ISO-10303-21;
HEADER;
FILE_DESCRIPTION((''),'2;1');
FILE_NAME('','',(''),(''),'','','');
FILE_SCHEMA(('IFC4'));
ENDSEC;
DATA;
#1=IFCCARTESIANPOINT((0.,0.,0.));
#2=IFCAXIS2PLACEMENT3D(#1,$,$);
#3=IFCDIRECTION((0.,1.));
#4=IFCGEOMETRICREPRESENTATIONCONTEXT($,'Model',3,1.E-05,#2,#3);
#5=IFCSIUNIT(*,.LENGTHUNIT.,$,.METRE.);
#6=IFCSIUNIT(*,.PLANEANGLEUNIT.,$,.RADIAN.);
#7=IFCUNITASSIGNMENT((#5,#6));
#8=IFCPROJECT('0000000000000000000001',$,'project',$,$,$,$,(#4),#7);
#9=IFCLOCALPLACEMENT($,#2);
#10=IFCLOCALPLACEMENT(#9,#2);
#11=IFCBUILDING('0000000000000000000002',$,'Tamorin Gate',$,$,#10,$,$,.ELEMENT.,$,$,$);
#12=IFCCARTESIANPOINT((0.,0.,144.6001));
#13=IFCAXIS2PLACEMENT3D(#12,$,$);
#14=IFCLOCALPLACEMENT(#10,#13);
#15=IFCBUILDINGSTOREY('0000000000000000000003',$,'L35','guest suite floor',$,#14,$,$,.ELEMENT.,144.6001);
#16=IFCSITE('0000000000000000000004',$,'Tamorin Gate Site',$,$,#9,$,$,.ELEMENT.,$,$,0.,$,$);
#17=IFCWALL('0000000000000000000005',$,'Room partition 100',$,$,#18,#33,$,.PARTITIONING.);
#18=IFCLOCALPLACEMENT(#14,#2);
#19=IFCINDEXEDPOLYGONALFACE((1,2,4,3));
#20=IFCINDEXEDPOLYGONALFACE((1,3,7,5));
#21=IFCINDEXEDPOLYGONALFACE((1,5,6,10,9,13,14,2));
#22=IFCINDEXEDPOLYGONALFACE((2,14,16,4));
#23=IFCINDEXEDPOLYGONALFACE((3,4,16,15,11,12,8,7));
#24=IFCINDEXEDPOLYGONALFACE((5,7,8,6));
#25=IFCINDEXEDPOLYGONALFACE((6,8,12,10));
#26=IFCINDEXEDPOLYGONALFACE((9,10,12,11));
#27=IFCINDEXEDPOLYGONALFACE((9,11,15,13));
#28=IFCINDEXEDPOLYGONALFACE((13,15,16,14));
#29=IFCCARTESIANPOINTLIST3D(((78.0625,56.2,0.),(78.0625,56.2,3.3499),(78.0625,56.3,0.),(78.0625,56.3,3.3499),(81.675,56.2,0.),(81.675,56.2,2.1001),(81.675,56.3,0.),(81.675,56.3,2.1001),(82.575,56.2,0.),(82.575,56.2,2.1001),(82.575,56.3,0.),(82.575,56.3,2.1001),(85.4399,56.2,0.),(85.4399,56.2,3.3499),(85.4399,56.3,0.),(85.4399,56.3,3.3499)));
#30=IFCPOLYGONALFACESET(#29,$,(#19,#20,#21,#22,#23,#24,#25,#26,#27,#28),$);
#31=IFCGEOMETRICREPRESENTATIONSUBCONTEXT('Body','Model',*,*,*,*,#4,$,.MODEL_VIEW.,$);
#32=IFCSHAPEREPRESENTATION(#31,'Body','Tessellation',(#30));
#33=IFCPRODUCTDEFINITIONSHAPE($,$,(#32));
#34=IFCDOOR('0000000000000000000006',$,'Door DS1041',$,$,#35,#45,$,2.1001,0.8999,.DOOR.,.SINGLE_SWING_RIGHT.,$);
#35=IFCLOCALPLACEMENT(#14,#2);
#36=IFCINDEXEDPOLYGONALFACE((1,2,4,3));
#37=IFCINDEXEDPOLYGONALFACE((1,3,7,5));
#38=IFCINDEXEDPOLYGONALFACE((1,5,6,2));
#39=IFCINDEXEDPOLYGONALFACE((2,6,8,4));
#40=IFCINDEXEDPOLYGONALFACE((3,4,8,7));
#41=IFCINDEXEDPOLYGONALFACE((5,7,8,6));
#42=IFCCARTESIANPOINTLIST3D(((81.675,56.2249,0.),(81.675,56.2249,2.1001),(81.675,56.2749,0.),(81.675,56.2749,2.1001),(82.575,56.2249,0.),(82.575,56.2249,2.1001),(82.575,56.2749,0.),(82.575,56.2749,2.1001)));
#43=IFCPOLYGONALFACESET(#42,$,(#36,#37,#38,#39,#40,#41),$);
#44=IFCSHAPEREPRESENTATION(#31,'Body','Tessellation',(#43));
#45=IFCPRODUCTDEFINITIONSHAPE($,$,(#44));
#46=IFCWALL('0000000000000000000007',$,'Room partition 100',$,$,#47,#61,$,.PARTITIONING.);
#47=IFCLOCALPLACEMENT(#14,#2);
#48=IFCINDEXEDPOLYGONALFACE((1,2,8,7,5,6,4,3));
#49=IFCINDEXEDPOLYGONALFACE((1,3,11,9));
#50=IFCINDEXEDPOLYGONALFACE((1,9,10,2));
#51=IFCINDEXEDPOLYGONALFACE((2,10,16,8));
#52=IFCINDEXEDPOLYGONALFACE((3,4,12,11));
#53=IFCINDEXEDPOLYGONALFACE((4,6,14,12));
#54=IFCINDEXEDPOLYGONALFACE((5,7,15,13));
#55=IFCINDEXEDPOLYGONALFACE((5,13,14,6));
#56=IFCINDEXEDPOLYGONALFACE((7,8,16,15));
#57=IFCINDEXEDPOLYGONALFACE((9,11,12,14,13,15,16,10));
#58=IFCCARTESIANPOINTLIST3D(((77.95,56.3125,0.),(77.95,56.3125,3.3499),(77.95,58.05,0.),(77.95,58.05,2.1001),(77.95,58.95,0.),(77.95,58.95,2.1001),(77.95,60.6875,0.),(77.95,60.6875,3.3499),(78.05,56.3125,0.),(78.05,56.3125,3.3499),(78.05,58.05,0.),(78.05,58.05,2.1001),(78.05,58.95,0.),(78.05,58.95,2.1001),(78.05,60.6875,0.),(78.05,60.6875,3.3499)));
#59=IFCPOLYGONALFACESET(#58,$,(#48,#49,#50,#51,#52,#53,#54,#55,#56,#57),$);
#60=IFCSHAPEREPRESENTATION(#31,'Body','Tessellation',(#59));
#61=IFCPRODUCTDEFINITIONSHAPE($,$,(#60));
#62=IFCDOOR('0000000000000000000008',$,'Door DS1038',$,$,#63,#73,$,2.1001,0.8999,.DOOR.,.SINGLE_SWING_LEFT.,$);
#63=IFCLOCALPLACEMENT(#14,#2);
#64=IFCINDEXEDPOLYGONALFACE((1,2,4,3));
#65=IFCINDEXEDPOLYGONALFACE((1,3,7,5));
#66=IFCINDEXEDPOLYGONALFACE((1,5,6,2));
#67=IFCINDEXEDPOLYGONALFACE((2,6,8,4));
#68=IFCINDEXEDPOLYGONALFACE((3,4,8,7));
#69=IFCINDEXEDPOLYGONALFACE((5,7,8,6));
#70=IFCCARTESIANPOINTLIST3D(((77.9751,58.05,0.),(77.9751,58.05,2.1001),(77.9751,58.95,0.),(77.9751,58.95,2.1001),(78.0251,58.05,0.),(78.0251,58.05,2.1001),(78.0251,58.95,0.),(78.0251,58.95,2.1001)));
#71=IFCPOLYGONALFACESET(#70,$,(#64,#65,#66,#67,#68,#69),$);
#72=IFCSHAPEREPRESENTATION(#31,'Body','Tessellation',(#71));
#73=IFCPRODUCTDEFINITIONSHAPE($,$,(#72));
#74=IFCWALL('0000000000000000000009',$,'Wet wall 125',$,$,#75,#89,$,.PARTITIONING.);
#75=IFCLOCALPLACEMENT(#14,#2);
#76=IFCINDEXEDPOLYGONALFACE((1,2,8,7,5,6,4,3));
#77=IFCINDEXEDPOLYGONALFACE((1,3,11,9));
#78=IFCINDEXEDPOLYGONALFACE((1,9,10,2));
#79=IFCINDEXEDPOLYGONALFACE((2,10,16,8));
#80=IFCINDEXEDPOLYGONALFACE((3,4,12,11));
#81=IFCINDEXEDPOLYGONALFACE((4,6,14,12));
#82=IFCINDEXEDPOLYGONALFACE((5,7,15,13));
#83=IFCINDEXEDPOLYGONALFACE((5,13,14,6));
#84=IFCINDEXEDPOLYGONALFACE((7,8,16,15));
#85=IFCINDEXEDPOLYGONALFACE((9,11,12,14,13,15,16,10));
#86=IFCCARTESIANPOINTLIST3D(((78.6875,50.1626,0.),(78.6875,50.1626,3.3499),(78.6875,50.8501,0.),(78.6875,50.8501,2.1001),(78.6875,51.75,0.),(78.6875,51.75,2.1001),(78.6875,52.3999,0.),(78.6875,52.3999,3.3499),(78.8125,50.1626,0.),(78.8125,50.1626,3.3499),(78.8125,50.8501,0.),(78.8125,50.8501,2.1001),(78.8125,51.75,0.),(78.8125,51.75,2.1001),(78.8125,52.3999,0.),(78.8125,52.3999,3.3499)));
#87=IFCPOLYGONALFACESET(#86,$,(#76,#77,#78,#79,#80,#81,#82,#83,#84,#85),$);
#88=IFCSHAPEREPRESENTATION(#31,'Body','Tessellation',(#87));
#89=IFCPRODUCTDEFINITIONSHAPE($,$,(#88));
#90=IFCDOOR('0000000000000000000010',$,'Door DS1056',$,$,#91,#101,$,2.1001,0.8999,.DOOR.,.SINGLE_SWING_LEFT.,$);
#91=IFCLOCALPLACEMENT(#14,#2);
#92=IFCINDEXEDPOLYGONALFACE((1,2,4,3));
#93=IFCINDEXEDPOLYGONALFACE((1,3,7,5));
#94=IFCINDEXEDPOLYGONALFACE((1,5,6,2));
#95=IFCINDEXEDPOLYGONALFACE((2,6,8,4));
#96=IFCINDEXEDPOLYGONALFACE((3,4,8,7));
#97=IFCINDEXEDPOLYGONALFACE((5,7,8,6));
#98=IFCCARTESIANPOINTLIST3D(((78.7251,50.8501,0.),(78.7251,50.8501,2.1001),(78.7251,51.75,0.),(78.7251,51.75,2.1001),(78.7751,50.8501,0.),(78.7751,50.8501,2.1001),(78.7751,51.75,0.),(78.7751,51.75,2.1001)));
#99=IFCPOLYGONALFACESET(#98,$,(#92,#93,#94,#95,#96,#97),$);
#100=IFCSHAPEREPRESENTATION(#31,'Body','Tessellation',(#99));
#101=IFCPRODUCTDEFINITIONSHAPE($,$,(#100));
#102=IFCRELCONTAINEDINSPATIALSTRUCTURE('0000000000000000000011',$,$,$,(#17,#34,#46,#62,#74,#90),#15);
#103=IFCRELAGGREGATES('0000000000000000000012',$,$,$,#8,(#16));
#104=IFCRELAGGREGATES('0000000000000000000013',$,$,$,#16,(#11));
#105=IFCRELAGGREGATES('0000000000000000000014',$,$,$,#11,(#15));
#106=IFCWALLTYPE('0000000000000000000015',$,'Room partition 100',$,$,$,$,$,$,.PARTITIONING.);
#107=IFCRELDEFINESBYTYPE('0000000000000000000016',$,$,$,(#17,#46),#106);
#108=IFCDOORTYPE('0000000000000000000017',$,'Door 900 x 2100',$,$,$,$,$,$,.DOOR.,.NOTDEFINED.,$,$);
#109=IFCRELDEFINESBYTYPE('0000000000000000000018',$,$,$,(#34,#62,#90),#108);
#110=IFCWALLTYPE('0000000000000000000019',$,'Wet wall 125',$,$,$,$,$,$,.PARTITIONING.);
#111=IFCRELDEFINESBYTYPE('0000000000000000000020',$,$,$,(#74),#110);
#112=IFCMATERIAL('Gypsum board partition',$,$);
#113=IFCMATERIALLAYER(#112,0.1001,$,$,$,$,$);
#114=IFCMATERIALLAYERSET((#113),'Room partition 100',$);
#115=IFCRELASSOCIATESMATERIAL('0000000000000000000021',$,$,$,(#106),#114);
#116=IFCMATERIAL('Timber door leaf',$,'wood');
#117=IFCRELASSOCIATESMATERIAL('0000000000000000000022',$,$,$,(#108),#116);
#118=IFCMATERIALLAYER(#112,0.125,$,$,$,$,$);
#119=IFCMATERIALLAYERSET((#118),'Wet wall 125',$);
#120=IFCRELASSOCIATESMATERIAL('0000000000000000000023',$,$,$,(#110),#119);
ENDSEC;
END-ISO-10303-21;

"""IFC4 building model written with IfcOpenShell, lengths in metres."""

from ifc_helpers import new_model, si_unit, direction, frame, frame_2d, origin, place, context, subcontext, project, spatial, rectangle, extrude, material, layer, layer_set, type_object, element, fill, save


model = new_model("IFC4")

# Units and contexts
model_context = context("Model", 3, precision=1e-05, world=origin(), true_north=direction((0.0, 1.0)))
body_context = subcontext(model_context, "Body", "Model", "MODEL_VIEW")
ifc_project = project(units=[si_unit("LENGTHUNIT", "METRE"), si_unit("PLANEANGLEUNIT", "RADIAN")], contexts=[model_context])

# Site, building, storey
site_placement = place(None, origin())
site = spatial("IfcSite", under=ifc_project, at=site_placement, Name="Tamorin Gate Site", CompositionType="ELEMENT", RefElevation=0.0)
building_placement = place(site_placement, origin())
building = spatial("IfcBuilding", under=site, at=building_placement, Name="Tamorin Gate", CompositionType="ELEMENT")
storey_placement = place(building_placement, frame((0.0, 0.0, 144.6001)))
storey = spatial("IfcBuildingStorey", under=building, at=storey_placement, Name="L35", Description="guest suite floor", CompositionType="ELEMENT", Elevation=144.6001)

# Walls, openings, doors
ifc_material_1 = material(Name="Gypsum board partition")
ifc_layer_1 = layer(ifc_material_1, 0.1001)
ifc_layer_set_1 = layer_set([ifc_layer_1], Name="Room partition 100")
wall_type_1 = type_object("IfcWallType", Name="Room partition 100", PredefinedType="PARTITIONING", material=ifc_layer_set_1)
wall_1_placement = place(storey_placement, frame((78.0625, 56.25, 0.0), z_axis=(0.0, 0.0, 1.0), x_axis=(1.0, 0.0, 0.0)))
wall_1 = element("IfcWall", 1, at=wall_1_placement, inside=storey, type_object=wall_type_1, Name="Room partition 100", PredefinedType="PARTITIONING", context=body_context, shape_type="SweptSolid", body=[
    extrude(rectangle(XDim=7.3774, YDim=0.1001, at=frame_2d((3.6887, 0.0))), origin(), (0.0, 0.0, 1.0), 3.3499),
])
opening_1_placement = place(wall_1_placement, frame((3.6125, 0.0, 0.0)))
opening_1 = element("IfcOpeningElement", 2, at=opening_1_placement, cuts=wall_1, PredefinedType="OPENING", context=body_context, shape_type="SweptSolid", body=[
    extrude(rectangle(XDim=0.8999, YDim=2.1001, at=frame_2d((0.45, 1.05))), frame((0.0, 0.0601, 0.0), z_axis=(0.0, -1.0, 0.0), x_axis=(1.0, 0.0, 0.0)), (0.0, 0.0, 1.0), 0.1201),
])
ifc_material_2 = material(Name="Timber door leaf", Category="wood")
door_type = type_object("IfcDoorType", Name="Door 900 x 2100", OperationType="NOTDEFINED", PredefinedType="DOOR", material=ifc_material_2)
door_1_placement = place(opening_1_placement, origin())
door_1 = element("IfcDoor", 3, at=door_1_placement, inside=storey, type_object=door_type, Name="Door DS1041", OperationType="SINGLE_SWING_RIGHT", OverallHeight=2.1001, OverallWidth=0.8999, PredefinedType="DOOR", context=body_context, shape_type="SweptSolid", body=[
    extrude(rectangle(XDim=0.8999, YDim=2.1001, at=frame_2d((0.45, 1.05))), frame((0.0, 0.0249, 0.0), z_axis=(0.0, -1.0, 0.0), x_axis=(1.0, 0.0, 0.0)), (0.0, 0.0, 1.0), 0.05),
])
fill(opening_1, door_1)
wall_2_placement = place(storey_placement, frame((78.0, 56.3125, 0.0), z_axis=(0.0, 0.0, 1.0), x_axis=(0.0, 1.0, 0.0)))
wall_2 = element("IfcWall", 4, at=wall_2_placement, inside=storey, type_object=wall_type_1, Name="Room partition 100", PredefinedType="PARTITIONING", context=body_context, shape_type="SweptSolid", body=[
    extrude(rectangle(XDim=4.375, YDim=0.1001, at=frame_2d((2.1875, 0.0))), origin(), (0.0, 0.0, 1.0), 3.3499),
])
opening_2_placement = place(wall_2_placement, frame((1.7375, 0.0, 0.0)))
opening_2 = element("IfcOpeningElement", 5, at=opening_2_placement, cuts=wall_2, PredefinedType="OPENING", context=body_context, shape_type="SweptSolid", body=[
    extrude(rectangle(XDim=0.8999, YDim=2.1001, at=frame_2d((0.45, 1.05))), frame((0.0, 0.0601, 0.0), z_axis=(0.0, -1.0, 0.0), x_axis=(1.0, 0.0, 0.0)), (0.0, 0.0, 1.0), 0.1201),
])
door_2_placement = place(opening_2_placement, origin())
door_2 = element("IfcDoor", 6, at=door_2_placement, inside=storey, type_object=door_type, Name="Door DS1038", OperationType="SINGLE_SWING_LEFT", OverallHeight=2.1001, OverallWidth=0.8999, PredefinedType="DOOR", context=body_context, shape_type="SweptSolid", body=[
    extrude(rectangle(XDim=0.8999, YDim=2.1001, at=frame_2d((0.45, 1.05))), frame((0.0, 0.0249, 0.0), z_axis=(0.0, -1.0, 0.0), x_axis=(1.0, 0.0, 0.0)), (0.0, 0.0, 1.0), 0.05),
])
fill(opening_2, door_2)
ifc_layer_2 = layer(ifc_material_1, 0.125)
ifc_layer_set_2 = layer_set([ifc_layer_2], Name="Wet wall 125")
wall_type_2 = type_object("IfcWallType", Name="Wet wall 125", PredefinedType="PARTITIONING", material=ifc_layer_set_2)
wall_3_placement = place(storey_placement, frame((78.75, 50.1626, 0.0), z_axis=(0.0, 0.0, 1.0), x_axis=(0.0, 1.0, 0.0)))
wall_3 = element("IfcWall", 7, at=wall_3_placement, inside=storey, type_object=wall_type_2, Name="Wet wall 125", PredefinedType="PARTITIONING", context=body_context, shape_type="SweptSolid", body=[
    extrude(rectangle(XDim=2.2373, YDim=0.125, at=frame_2d((1.1187, 0.0))), origin(), (0.0, 0.0, 1.0), 3.3499),
])
opening_3_placement = place(wall_3_placement, frame((0.6875, 0.0, 0.0)))
opening_3 = element("IfcOpeningElement", 8, at=opening_3_placement, cuts=wall_3, PredefinedType="OPENING", context=body_context, shape_type="SweptSolid", body=[
    extrude(rectangle(XDim=0.8999, YDim=2.1001, at=frame_2d((0.45, 1.05))), frame((0.0, 0.0725, 0.0), z_axis=(0.0, -1.0, 0.0), x_axis=(1.0, 0.0, 0.0)), (0.0, 0.0, 1.0), 0.145),
])
door_3_placement = place(opening_3_placement, origin())
door_3 = element("IfcDoor", 9, at=door_3_placement, inside=storey, type_object=door_type, Name="Door DS1056", OperationType="SINGLE_SWING_LEFT", OverallHeight=2.1001, OverallWidth=0.8999, PredefinedType="DOOR", context=body_context, shape_type="SweptSolid", body=[
    extrude(rectangle(XDim=0.8999, YDim=2.1001, at=frame_2d((0.45, 1.05))), frame((0.0, 0.0249, 0.0), z_axis=(0.0, -1.0, 0.0), x_axis=(1.0, 0.0, 0.0)), (0.0, 0.0, 1.0), 0.05),
])
fill(opening_3, door_3)

save(model, "model.ifc")
